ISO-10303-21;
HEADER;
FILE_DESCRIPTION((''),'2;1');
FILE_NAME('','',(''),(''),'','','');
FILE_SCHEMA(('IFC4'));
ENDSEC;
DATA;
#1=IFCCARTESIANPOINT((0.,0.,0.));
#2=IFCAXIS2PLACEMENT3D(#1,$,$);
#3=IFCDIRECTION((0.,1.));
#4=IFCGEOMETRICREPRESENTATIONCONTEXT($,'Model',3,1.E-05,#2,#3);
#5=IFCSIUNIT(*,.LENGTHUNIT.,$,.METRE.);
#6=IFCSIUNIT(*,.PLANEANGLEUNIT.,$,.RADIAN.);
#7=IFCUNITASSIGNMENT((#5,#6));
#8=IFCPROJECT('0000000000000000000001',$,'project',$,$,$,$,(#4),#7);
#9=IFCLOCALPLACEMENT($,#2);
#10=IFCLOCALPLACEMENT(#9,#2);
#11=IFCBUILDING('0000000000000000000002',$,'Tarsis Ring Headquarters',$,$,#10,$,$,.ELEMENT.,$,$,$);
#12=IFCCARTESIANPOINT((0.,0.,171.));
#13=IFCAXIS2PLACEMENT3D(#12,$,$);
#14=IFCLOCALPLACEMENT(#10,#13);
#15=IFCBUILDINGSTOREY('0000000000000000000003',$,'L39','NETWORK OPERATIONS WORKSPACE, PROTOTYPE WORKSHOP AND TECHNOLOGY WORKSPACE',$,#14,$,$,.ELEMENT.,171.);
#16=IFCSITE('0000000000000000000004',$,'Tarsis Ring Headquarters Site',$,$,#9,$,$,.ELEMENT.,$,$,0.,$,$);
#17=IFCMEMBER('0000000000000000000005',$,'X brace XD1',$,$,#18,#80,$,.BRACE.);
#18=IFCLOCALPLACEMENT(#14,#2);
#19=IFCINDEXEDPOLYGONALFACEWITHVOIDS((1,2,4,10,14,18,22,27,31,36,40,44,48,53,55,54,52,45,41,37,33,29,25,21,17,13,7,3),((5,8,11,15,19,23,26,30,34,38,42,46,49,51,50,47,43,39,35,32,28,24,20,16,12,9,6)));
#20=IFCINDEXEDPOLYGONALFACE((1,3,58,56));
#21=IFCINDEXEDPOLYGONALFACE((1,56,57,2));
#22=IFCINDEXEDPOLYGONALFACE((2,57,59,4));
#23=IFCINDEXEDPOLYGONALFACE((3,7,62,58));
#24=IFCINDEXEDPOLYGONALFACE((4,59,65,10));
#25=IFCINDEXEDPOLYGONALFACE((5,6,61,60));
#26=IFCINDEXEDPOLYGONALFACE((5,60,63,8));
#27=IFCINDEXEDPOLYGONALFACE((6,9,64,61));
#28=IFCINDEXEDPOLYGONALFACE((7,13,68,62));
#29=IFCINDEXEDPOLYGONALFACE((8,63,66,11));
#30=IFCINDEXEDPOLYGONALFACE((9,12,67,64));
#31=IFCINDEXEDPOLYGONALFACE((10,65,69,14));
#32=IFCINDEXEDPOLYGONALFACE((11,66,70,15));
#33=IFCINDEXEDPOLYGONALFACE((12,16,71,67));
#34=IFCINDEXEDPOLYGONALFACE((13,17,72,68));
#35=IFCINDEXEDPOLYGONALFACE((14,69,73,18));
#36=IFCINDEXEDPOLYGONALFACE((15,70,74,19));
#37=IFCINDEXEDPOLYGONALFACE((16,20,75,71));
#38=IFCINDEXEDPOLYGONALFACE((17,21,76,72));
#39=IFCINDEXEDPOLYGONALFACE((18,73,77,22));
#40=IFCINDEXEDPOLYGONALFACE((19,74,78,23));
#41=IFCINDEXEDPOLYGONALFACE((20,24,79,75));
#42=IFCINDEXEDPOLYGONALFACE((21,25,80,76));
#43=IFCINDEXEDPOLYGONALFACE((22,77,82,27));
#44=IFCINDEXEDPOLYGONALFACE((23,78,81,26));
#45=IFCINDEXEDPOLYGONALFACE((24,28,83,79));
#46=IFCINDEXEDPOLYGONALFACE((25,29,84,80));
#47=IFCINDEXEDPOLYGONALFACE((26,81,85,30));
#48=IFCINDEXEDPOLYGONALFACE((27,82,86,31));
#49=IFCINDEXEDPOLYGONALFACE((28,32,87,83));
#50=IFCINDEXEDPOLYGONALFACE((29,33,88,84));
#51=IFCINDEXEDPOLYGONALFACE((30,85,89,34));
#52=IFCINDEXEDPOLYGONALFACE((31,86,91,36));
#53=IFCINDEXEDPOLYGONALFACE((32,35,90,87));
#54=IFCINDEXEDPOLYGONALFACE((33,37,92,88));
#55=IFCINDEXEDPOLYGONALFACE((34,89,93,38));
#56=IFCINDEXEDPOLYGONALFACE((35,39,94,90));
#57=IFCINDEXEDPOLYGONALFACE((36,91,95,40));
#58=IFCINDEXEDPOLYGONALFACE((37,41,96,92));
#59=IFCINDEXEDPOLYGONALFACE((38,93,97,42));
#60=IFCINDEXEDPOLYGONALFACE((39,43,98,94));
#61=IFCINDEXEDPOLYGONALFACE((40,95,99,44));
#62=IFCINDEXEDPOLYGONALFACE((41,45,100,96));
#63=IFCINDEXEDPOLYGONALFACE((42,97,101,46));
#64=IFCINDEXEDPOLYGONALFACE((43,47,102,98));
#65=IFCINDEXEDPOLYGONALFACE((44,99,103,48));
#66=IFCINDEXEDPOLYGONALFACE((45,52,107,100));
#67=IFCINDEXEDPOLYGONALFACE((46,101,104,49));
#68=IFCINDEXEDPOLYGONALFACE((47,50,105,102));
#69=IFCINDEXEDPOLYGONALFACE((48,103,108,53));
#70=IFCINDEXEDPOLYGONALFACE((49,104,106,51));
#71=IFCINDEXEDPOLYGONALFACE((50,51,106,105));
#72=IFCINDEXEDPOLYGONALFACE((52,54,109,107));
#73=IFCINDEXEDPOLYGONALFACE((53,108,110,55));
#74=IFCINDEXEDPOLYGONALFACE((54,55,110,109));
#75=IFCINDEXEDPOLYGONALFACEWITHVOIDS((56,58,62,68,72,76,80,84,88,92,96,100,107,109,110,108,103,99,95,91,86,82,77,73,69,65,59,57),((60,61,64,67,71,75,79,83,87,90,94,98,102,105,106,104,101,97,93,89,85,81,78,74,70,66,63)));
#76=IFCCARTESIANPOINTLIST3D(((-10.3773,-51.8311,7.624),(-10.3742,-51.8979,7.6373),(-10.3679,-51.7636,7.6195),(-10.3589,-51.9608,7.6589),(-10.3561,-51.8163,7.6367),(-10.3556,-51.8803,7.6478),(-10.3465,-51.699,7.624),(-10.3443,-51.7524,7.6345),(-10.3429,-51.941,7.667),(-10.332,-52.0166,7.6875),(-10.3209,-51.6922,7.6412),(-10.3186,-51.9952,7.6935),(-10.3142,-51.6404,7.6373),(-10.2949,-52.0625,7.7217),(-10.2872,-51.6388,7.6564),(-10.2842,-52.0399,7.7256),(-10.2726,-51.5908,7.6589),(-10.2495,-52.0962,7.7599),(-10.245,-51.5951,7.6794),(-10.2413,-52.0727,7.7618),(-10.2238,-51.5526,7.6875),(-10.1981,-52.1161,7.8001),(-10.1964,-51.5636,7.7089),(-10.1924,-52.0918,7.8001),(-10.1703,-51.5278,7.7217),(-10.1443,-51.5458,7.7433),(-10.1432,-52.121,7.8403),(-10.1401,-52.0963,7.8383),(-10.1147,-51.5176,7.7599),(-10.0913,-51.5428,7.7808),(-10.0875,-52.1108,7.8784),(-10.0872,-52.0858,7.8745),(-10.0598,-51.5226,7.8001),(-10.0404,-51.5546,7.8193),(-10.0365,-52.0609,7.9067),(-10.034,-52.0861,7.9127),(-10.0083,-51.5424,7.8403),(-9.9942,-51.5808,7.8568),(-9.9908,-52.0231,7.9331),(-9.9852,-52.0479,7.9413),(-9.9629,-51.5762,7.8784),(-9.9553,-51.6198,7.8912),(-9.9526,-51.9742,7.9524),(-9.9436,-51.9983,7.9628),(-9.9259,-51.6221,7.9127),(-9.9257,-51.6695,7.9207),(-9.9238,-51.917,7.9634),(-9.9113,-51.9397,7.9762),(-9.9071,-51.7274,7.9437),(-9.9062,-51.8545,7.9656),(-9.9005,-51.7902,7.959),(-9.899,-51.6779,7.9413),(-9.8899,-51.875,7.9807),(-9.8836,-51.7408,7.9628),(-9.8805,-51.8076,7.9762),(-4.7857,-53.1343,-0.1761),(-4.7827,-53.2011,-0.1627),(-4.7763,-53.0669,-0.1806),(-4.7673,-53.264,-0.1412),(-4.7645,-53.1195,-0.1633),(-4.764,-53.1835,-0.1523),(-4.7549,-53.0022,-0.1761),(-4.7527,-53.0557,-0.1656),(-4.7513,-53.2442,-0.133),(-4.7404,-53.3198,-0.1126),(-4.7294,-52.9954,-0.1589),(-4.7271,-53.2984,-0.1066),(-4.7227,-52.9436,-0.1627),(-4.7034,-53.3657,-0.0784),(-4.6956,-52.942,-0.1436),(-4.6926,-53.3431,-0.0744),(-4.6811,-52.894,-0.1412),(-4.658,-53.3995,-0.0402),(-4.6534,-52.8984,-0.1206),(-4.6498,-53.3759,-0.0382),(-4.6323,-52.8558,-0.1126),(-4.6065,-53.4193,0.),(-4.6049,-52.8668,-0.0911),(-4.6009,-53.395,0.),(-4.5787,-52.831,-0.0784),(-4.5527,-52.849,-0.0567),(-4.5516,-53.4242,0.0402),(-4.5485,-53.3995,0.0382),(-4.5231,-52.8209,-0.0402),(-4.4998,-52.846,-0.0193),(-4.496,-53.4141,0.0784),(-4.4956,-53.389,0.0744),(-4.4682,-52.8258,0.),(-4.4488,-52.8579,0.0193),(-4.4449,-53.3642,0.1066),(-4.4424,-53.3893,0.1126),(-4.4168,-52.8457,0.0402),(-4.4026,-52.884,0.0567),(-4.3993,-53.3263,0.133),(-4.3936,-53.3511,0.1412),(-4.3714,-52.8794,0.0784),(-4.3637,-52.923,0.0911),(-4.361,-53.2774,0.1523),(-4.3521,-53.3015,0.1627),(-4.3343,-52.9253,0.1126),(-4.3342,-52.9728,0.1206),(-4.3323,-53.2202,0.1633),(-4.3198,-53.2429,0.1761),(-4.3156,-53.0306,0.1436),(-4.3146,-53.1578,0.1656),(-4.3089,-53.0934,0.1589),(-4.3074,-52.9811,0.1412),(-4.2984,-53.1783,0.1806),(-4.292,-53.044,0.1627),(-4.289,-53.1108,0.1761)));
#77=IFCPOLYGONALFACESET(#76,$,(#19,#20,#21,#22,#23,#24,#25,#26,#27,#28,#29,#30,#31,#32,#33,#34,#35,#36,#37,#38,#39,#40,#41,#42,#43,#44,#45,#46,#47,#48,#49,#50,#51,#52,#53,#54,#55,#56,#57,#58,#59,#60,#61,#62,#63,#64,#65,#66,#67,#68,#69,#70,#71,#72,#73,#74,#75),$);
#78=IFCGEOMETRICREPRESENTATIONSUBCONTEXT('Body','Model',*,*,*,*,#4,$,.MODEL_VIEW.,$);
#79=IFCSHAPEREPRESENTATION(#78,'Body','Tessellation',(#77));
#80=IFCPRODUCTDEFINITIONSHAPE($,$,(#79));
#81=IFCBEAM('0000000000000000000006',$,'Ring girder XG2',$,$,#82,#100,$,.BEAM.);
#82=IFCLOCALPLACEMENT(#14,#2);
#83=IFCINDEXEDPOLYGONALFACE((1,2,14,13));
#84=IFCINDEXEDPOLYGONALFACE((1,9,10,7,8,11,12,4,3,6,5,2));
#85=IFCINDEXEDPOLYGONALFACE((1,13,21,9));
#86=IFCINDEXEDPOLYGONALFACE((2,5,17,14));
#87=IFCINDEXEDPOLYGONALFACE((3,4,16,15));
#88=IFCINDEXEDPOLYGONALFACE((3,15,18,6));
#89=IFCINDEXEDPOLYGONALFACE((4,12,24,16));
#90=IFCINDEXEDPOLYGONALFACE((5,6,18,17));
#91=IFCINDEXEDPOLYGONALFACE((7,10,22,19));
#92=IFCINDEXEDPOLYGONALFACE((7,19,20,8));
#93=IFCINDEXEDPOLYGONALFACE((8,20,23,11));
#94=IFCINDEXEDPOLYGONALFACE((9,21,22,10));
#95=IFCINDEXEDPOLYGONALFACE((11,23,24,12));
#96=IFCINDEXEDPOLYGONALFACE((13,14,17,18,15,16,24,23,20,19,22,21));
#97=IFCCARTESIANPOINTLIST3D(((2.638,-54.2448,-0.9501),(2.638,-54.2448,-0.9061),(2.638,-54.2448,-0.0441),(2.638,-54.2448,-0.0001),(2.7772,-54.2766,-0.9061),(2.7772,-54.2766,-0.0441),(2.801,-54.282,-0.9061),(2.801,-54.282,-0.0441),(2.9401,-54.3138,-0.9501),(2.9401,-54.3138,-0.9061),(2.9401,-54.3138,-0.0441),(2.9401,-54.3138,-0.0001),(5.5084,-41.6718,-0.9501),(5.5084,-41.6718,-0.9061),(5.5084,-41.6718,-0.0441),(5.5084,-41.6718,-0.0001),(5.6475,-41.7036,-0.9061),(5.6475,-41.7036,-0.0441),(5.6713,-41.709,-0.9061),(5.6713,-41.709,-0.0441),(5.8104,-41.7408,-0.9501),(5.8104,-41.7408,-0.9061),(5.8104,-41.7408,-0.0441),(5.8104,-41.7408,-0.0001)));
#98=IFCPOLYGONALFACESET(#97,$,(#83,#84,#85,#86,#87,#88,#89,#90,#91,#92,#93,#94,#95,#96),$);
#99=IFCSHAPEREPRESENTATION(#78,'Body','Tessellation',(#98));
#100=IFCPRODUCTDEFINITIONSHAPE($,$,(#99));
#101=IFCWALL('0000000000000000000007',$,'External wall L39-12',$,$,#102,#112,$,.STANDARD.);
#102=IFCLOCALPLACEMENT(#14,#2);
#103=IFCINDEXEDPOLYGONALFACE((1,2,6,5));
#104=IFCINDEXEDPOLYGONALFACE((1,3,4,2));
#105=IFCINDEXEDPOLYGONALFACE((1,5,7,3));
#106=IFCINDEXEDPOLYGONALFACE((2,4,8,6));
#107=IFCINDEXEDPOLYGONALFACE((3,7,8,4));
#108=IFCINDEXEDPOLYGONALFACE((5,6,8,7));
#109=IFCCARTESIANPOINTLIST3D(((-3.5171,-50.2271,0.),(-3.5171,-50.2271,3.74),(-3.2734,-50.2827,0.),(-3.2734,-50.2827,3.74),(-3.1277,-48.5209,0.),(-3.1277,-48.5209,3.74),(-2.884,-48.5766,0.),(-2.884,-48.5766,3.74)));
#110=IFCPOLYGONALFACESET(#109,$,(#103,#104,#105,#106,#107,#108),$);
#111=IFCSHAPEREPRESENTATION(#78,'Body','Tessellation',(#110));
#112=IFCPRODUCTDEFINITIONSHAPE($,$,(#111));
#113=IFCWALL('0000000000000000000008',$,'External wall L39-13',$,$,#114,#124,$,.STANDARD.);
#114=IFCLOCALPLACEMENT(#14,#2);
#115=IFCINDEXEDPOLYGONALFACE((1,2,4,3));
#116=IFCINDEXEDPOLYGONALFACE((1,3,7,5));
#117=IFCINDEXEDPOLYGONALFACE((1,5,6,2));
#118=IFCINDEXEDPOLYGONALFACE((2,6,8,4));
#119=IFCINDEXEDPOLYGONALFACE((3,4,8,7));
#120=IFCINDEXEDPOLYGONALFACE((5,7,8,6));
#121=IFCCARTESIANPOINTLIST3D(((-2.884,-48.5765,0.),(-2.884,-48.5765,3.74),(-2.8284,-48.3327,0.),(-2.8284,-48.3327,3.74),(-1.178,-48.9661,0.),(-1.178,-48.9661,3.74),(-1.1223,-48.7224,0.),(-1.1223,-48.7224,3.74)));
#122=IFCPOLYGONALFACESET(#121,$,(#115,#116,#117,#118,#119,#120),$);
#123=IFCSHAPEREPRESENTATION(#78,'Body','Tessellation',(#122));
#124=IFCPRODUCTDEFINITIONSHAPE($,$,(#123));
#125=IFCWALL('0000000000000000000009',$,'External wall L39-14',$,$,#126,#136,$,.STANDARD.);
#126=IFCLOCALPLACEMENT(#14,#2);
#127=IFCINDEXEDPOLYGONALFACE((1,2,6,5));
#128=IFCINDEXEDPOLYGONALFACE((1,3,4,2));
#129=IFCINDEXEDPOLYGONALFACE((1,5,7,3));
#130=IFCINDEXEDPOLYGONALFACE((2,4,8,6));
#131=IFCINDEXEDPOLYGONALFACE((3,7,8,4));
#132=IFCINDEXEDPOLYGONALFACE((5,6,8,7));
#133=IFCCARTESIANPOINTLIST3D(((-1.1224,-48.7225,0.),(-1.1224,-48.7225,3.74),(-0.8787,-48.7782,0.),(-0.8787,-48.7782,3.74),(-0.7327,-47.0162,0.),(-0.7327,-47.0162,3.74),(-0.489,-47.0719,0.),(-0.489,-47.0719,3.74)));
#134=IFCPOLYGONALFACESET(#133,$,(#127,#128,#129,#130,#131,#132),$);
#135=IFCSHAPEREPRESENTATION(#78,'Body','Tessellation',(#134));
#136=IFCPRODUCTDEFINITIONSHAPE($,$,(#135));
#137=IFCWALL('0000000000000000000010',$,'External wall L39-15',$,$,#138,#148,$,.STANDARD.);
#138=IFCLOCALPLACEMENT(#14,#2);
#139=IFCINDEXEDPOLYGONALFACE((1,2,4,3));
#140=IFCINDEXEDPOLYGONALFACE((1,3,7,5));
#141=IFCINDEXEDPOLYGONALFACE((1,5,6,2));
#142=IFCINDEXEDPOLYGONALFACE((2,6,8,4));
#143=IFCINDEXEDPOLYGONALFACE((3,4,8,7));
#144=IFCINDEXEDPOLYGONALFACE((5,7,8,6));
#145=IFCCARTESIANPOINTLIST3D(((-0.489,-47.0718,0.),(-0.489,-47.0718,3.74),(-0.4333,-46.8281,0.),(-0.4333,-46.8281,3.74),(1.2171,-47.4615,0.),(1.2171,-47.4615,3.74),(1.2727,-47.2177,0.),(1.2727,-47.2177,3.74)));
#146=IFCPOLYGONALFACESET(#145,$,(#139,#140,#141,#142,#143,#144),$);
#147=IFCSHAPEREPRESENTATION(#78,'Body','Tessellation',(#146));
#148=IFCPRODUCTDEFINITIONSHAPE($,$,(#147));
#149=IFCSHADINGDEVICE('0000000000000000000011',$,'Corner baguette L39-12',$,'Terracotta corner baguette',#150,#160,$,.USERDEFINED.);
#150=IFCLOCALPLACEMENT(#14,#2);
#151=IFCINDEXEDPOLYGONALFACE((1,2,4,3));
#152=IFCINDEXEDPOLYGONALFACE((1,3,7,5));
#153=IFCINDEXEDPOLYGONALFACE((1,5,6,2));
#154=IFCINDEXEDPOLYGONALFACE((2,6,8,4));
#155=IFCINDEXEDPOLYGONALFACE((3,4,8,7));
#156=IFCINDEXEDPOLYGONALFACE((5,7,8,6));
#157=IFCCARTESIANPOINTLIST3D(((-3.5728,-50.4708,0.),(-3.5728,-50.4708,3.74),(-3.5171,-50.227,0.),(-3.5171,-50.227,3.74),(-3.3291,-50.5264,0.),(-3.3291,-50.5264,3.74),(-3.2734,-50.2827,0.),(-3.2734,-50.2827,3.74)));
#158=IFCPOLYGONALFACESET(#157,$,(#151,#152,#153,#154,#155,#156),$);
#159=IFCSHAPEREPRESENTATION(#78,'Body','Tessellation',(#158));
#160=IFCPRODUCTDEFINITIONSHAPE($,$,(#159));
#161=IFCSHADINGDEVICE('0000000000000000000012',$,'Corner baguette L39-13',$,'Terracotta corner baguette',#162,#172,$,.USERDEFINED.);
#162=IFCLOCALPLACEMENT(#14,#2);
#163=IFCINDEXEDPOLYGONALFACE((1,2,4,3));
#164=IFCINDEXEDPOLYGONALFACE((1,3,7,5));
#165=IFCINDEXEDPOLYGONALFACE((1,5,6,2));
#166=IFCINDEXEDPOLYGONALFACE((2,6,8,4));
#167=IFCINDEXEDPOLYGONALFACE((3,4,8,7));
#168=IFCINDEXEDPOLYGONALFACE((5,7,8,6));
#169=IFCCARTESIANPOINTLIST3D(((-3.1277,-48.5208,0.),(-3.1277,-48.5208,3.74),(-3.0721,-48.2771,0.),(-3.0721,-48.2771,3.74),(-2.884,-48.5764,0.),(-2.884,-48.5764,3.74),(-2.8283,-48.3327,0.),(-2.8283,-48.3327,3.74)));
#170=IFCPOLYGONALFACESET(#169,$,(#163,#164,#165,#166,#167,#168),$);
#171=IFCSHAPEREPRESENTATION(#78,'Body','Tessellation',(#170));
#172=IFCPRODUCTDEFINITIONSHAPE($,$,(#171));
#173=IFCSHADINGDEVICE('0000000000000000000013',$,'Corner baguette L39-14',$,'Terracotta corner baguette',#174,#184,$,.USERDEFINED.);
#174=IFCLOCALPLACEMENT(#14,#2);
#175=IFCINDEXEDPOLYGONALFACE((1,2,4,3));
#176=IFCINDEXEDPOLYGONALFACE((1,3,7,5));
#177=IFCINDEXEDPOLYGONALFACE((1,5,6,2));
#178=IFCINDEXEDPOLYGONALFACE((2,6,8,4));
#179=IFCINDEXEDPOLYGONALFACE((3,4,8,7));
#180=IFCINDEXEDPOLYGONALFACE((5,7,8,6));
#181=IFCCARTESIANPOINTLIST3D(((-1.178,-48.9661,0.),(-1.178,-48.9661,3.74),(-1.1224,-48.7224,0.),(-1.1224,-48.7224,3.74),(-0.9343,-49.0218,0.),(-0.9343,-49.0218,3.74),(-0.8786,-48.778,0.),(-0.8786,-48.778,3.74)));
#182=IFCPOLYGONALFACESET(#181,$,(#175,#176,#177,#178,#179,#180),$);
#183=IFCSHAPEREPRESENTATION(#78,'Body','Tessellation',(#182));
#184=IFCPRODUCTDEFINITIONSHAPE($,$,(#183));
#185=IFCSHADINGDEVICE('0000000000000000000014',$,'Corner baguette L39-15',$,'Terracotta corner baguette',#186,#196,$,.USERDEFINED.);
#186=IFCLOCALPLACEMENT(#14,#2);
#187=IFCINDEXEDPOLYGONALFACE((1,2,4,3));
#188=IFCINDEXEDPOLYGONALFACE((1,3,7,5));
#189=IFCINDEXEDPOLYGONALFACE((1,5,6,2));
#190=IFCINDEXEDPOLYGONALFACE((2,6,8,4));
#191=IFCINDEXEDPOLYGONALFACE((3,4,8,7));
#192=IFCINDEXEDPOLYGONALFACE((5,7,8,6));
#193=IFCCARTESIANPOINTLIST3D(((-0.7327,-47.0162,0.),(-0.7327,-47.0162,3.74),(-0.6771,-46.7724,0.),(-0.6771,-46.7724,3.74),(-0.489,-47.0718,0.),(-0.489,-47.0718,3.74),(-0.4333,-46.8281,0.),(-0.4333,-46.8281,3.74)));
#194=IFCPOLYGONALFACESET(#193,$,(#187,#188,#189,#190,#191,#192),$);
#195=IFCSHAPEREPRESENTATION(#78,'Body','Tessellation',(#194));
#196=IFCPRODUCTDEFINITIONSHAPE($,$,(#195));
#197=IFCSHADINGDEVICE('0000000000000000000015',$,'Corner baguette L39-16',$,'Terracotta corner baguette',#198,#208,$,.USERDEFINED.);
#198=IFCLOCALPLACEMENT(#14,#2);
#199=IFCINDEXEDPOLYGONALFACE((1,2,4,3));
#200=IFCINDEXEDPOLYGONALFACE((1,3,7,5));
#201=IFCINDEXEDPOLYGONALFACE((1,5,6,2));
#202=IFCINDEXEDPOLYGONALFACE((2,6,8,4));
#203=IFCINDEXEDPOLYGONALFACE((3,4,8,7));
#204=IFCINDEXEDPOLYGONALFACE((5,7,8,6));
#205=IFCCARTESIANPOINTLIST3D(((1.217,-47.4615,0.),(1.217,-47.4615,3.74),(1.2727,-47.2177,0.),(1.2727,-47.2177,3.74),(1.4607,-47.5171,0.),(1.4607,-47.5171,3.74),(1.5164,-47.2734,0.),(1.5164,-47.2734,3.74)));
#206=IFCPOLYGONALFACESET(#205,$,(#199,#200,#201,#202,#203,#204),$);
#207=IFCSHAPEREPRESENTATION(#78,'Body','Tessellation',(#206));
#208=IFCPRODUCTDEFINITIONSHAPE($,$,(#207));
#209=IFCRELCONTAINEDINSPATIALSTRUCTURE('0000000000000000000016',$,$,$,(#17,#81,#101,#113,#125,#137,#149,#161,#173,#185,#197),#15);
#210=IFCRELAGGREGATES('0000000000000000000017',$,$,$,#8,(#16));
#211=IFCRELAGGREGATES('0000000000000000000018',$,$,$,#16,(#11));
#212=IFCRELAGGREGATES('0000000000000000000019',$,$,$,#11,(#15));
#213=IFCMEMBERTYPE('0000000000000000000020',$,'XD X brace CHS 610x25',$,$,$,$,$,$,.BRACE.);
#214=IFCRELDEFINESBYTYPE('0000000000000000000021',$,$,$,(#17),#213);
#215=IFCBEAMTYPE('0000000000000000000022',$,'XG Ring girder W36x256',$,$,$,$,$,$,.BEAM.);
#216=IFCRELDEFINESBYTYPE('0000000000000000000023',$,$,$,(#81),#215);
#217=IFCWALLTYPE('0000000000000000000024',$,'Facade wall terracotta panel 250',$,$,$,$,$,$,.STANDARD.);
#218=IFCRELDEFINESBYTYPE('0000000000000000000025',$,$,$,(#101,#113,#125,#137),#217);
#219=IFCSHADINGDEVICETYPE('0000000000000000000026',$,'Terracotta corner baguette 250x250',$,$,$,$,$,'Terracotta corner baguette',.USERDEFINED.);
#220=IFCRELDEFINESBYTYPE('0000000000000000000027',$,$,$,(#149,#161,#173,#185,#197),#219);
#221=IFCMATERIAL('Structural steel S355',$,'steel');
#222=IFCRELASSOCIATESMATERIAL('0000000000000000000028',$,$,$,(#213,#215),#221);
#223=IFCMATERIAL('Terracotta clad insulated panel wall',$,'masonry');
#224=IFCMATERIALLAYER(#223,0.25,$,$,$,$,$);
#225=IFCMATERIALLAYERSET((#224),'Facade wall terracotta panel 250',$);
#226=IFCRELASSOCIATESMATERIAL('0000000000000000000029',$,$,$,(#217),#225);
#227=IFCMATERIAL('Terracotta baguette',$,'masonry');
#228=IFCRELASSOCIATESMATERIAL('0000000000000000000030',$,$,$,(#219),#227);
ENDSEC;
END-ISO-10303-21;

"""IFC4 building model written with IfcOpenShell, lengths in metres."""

from ifc_helpers import new_model, si_unit, direction, frame, frame_2d, origin, origin_2d, place, context, subcontext, project, spatial, rectangle, hollow_circle, i_section, extrude, material, layer, layer_set, material_profile, profile_set, type_object, element, save


model = new_model("IFC4")

# Units and contexts
model_context = context("Model", 3, precision=1e-05, world=origin(), true_north=direction((0.0, 1.0)))
body_context = subcontext(model_context, "Body", "Model", "MODEL_VIEW")
ifc_project = project(units=[si_unit("LENGTHUNIT", "METRE"), si_unit("PLANEANGLEUNIT", "RADIAN")], contexts=[model_context])

# Site, building, storey
site_placement = place(None, origin())
site = spatial("IfcSite", under=ifc_project, at=site_placement, Name="Tarsis Ring Headquarters Site", CompositionType="ELEMENT", RefElevation=0.0)
building_placement = place(site_placement, origin())
building = spatial("IfcBuilding", under=site, at=building_placement, Name="Tarsis Ring Headquarters", CompositionType="ELEMENT")
storey_placement = place(building_placement, frame((0.0, 0.0, 171.0)))
storey = spatial("IfcBuildingStorey", under=building, at=storey_placement, Name="L39", Description="NETWORK OPERATIONS WORKSPACE, PROTOTYPE WORKSHOP AND TECHNOLOGY WORKSPACE", CompositionType="ELEMENT", Elevation=171.0)

# Shared definitions
ifc_material_1 = material(Name="Structural steel S355", Category="steel")

# Member
ifc_material_profile_1 = material_profile(ifc_material_1, hollow_circle(Radius=0.3047, WallThickness=0.0249, at=origin_2d()), Name="CHS 610x25")
ifc_profile_set_1 = profile_set([ifc_material_profile_1], Name="Structural steel S355")
member_type = type_object("IfcMemberType", Name="XD X brace CHS 610x25", PredefinedType="BRACE", material=ifc_profile_set_1)
member_1_placement = place(storey_placement, frame((-4.5374, -53.1226, 0.0), z_axis=(-0.577325, 0.134557, 0.805351), x_axis=(-0.226986, -0.973898, 0.0)))
element("IfcMember", 1, at=member_1_placement, inside=storey, type_object=member_type, Name="X brace XD1", PredefinedType="BRACE", context=body_context, shape_type="SweptSolid", body=[
    extrude(hollow_circle(Radius=0.3047, WallThickness=0.0249, at=origin_2d()), origin(), (0.0, 0.0, 1.0), 9.6853),
])

# Beam
ifc_material_profile_2 = material_profile(ifc_material_1, i_section(OverallWidth=0.3098, OverallDepth=0.95, WebThickness=0.0244, FlangeThickness=0.0439, at=origin_2d()), Name="W36x256")
ifc_profile_set_2 = profile_set([ifc_material_profile_2], Name="Structural steel S355")
beam_type = type_object("IfcBeamType", Name="XG Ring girder W36x256", PredefinedType="BEAM", material=ifc_profile_set_2)
beam_placement = place(storey_placement, frame((2.7891, -54.2793, -0.4751), z_axis=(0.222569, 0.974917, 0.0), x_axis=(-0.974917, 0.222569, 0.0)))
element("IfcBeam", 2, at=beam_placement, inside=storey, type_object=beam_type, Name="Ring girder XG2", PredefinedType="BEAM", context=body_context, shape_type="SweptSolid", body=[
    extrude(i_section(OverallWidth=0.3098, OverallDepth=0.95, WebThickness=0.0244, FlangeThickness=0.0439, at=origin_2d()), origin(), (0.0, 0.0, 1.0), 12.8965),
])

# Walls
ifc_material_2 = material(Name="Terracotta clad insulated panel wall", Category="masonry")
ifc_layer = layer(ifc_material_2, 0.25)
ifc_layer_set = layer_set([ifc_layer], Name="Facade wall terracotta panel 250")
wall_type = type_object("IfcWallType", Name="Facade wall terracotta panel 250", PredefinedType="STANDARD", material=ifc_layer_set)
for number, where, z_axis, x_axis, name in (
    (3, (-3.3953, -50.2549, 0.0), (0.0, 0.0, 1.0), (0.222526, 0.974927, 0.0), "External wall L39-12"),
    (4, (-2.8562, -48.4546, 0.0), (0.0, 0.0, 1.0), (0.974897, -0.222658, 0.0), "External wall L39-13"),
):
    element("IfcWall", number, at=place(storey_placement, frame(where, z_axis=z_axis, x_axis=x_axis)), inside=storey, type_object=wall_type, Name=name, PredefinedType="STANDARD", context=body_context, shape_type="SweptSolid", body=[
        extrude(rectangle(XDim=1.75, YDim=0.25, at=frame_2d((0.875, 0.0))), origin(), (0.0, 0.0, 1.0), 3.74),
    ])
wall_1_placement = place(storey_placement, frame((-1.0005, -48.7502, 0.0), z_axis=(0.0, 0.0, 1.0), x_axis=(0.222628, 0.974904, 0.0)))
element("IfcWall", 5, at=wall_1_placement, inside=storey, type_object=wall_type, Name="External wall L39-14", PredefinedType="STANDARD", context=body_context, shape_type="SweptSolid", body=[
    extrude(rectangle(XDim=1.7502, YDim=0.25, at=frame_2d((0.875, 0.0))), origin(), (0.0, 0.0, 1.0), 3.74),
])
wall_2_placement = place(storey_placement, frame((-0.4612, -46.95, 0.0), z_axis=(0.0, 0.0, 1.0), x_axis=(0.974897, -0.222658, 0.0)))
element("IfcWall", 6, at=wall_2_placement, inside=storey, type_object=wall_type, Name="External wall L39-15", PredefinedType="STANDARD", context=body_context, shape_type="SweptSolid", body=[
    extrude(rectangle(XDim=1.75, YDim=0.25, at=frame_2d((0.875, 0.0))), origin(), (0.0, 0.0, 1.0), 3.74),
])

# Shading devices
ifc_material_3 = material(Name="Terracotta baguette", Category="masonry")
shading_device_type_1 = type_object("IfcShadingDeviceType", Name="Terracotta corner baguette 250x250", ElementType="Terracotta corner baguette", PredefinedType="USERDEFINED", material=ifc_material_3)
for number, where, z_axis, x_axis, name in (
    (7, (-3.4231, -50.3767, 0.0), (0.0, 0.0, 1.0), (0.974917, -0.222569, 0.0), "Corner baguette L39-12"),
    (8, (-2.978, -48.4268, 0.0), (0.0, 0.0, 1.0), (0.22257, 0.974917, 0.0), "Corner baguette L39-13"),
    (9, (-1.0283, -48.8721, 0.0), (0.0, 0.0, 1.0), (0.974917, -0.222569, 0.0), "Corner baguette L39-14"),
    (10, (-0.583, -46.9221, 0.0), (0.0, 0.0, 1.0), (0.222569, 0.974917, 0.0), "Corner baguette L39-15"),
    (11, (1.3667, -47.3674, 0.0), (0.0, 0.0, 1.0), (0.974917, -0.22257, 0.0), "Corner baguette L39-16"),
):
    element("IfcShadingDevice", number, at=place(storey_placement, frame(where, z_axis=z_axis, x_axis=x_axis)), inside=storey, type_object=shading_device_type_1, Name=name, ObjectType="Terracotta corner baguette", PredefinedType="USERDEFINED", context=body_context, shape_type="SweptSolid", body=[
        extrude(rectangle(XDim=0.25, YDim=0.25, at=origin_2d()), origin(), (0.0, 0.0, 1.0), 3.74),
    ])

save(model, "model.ifc")
